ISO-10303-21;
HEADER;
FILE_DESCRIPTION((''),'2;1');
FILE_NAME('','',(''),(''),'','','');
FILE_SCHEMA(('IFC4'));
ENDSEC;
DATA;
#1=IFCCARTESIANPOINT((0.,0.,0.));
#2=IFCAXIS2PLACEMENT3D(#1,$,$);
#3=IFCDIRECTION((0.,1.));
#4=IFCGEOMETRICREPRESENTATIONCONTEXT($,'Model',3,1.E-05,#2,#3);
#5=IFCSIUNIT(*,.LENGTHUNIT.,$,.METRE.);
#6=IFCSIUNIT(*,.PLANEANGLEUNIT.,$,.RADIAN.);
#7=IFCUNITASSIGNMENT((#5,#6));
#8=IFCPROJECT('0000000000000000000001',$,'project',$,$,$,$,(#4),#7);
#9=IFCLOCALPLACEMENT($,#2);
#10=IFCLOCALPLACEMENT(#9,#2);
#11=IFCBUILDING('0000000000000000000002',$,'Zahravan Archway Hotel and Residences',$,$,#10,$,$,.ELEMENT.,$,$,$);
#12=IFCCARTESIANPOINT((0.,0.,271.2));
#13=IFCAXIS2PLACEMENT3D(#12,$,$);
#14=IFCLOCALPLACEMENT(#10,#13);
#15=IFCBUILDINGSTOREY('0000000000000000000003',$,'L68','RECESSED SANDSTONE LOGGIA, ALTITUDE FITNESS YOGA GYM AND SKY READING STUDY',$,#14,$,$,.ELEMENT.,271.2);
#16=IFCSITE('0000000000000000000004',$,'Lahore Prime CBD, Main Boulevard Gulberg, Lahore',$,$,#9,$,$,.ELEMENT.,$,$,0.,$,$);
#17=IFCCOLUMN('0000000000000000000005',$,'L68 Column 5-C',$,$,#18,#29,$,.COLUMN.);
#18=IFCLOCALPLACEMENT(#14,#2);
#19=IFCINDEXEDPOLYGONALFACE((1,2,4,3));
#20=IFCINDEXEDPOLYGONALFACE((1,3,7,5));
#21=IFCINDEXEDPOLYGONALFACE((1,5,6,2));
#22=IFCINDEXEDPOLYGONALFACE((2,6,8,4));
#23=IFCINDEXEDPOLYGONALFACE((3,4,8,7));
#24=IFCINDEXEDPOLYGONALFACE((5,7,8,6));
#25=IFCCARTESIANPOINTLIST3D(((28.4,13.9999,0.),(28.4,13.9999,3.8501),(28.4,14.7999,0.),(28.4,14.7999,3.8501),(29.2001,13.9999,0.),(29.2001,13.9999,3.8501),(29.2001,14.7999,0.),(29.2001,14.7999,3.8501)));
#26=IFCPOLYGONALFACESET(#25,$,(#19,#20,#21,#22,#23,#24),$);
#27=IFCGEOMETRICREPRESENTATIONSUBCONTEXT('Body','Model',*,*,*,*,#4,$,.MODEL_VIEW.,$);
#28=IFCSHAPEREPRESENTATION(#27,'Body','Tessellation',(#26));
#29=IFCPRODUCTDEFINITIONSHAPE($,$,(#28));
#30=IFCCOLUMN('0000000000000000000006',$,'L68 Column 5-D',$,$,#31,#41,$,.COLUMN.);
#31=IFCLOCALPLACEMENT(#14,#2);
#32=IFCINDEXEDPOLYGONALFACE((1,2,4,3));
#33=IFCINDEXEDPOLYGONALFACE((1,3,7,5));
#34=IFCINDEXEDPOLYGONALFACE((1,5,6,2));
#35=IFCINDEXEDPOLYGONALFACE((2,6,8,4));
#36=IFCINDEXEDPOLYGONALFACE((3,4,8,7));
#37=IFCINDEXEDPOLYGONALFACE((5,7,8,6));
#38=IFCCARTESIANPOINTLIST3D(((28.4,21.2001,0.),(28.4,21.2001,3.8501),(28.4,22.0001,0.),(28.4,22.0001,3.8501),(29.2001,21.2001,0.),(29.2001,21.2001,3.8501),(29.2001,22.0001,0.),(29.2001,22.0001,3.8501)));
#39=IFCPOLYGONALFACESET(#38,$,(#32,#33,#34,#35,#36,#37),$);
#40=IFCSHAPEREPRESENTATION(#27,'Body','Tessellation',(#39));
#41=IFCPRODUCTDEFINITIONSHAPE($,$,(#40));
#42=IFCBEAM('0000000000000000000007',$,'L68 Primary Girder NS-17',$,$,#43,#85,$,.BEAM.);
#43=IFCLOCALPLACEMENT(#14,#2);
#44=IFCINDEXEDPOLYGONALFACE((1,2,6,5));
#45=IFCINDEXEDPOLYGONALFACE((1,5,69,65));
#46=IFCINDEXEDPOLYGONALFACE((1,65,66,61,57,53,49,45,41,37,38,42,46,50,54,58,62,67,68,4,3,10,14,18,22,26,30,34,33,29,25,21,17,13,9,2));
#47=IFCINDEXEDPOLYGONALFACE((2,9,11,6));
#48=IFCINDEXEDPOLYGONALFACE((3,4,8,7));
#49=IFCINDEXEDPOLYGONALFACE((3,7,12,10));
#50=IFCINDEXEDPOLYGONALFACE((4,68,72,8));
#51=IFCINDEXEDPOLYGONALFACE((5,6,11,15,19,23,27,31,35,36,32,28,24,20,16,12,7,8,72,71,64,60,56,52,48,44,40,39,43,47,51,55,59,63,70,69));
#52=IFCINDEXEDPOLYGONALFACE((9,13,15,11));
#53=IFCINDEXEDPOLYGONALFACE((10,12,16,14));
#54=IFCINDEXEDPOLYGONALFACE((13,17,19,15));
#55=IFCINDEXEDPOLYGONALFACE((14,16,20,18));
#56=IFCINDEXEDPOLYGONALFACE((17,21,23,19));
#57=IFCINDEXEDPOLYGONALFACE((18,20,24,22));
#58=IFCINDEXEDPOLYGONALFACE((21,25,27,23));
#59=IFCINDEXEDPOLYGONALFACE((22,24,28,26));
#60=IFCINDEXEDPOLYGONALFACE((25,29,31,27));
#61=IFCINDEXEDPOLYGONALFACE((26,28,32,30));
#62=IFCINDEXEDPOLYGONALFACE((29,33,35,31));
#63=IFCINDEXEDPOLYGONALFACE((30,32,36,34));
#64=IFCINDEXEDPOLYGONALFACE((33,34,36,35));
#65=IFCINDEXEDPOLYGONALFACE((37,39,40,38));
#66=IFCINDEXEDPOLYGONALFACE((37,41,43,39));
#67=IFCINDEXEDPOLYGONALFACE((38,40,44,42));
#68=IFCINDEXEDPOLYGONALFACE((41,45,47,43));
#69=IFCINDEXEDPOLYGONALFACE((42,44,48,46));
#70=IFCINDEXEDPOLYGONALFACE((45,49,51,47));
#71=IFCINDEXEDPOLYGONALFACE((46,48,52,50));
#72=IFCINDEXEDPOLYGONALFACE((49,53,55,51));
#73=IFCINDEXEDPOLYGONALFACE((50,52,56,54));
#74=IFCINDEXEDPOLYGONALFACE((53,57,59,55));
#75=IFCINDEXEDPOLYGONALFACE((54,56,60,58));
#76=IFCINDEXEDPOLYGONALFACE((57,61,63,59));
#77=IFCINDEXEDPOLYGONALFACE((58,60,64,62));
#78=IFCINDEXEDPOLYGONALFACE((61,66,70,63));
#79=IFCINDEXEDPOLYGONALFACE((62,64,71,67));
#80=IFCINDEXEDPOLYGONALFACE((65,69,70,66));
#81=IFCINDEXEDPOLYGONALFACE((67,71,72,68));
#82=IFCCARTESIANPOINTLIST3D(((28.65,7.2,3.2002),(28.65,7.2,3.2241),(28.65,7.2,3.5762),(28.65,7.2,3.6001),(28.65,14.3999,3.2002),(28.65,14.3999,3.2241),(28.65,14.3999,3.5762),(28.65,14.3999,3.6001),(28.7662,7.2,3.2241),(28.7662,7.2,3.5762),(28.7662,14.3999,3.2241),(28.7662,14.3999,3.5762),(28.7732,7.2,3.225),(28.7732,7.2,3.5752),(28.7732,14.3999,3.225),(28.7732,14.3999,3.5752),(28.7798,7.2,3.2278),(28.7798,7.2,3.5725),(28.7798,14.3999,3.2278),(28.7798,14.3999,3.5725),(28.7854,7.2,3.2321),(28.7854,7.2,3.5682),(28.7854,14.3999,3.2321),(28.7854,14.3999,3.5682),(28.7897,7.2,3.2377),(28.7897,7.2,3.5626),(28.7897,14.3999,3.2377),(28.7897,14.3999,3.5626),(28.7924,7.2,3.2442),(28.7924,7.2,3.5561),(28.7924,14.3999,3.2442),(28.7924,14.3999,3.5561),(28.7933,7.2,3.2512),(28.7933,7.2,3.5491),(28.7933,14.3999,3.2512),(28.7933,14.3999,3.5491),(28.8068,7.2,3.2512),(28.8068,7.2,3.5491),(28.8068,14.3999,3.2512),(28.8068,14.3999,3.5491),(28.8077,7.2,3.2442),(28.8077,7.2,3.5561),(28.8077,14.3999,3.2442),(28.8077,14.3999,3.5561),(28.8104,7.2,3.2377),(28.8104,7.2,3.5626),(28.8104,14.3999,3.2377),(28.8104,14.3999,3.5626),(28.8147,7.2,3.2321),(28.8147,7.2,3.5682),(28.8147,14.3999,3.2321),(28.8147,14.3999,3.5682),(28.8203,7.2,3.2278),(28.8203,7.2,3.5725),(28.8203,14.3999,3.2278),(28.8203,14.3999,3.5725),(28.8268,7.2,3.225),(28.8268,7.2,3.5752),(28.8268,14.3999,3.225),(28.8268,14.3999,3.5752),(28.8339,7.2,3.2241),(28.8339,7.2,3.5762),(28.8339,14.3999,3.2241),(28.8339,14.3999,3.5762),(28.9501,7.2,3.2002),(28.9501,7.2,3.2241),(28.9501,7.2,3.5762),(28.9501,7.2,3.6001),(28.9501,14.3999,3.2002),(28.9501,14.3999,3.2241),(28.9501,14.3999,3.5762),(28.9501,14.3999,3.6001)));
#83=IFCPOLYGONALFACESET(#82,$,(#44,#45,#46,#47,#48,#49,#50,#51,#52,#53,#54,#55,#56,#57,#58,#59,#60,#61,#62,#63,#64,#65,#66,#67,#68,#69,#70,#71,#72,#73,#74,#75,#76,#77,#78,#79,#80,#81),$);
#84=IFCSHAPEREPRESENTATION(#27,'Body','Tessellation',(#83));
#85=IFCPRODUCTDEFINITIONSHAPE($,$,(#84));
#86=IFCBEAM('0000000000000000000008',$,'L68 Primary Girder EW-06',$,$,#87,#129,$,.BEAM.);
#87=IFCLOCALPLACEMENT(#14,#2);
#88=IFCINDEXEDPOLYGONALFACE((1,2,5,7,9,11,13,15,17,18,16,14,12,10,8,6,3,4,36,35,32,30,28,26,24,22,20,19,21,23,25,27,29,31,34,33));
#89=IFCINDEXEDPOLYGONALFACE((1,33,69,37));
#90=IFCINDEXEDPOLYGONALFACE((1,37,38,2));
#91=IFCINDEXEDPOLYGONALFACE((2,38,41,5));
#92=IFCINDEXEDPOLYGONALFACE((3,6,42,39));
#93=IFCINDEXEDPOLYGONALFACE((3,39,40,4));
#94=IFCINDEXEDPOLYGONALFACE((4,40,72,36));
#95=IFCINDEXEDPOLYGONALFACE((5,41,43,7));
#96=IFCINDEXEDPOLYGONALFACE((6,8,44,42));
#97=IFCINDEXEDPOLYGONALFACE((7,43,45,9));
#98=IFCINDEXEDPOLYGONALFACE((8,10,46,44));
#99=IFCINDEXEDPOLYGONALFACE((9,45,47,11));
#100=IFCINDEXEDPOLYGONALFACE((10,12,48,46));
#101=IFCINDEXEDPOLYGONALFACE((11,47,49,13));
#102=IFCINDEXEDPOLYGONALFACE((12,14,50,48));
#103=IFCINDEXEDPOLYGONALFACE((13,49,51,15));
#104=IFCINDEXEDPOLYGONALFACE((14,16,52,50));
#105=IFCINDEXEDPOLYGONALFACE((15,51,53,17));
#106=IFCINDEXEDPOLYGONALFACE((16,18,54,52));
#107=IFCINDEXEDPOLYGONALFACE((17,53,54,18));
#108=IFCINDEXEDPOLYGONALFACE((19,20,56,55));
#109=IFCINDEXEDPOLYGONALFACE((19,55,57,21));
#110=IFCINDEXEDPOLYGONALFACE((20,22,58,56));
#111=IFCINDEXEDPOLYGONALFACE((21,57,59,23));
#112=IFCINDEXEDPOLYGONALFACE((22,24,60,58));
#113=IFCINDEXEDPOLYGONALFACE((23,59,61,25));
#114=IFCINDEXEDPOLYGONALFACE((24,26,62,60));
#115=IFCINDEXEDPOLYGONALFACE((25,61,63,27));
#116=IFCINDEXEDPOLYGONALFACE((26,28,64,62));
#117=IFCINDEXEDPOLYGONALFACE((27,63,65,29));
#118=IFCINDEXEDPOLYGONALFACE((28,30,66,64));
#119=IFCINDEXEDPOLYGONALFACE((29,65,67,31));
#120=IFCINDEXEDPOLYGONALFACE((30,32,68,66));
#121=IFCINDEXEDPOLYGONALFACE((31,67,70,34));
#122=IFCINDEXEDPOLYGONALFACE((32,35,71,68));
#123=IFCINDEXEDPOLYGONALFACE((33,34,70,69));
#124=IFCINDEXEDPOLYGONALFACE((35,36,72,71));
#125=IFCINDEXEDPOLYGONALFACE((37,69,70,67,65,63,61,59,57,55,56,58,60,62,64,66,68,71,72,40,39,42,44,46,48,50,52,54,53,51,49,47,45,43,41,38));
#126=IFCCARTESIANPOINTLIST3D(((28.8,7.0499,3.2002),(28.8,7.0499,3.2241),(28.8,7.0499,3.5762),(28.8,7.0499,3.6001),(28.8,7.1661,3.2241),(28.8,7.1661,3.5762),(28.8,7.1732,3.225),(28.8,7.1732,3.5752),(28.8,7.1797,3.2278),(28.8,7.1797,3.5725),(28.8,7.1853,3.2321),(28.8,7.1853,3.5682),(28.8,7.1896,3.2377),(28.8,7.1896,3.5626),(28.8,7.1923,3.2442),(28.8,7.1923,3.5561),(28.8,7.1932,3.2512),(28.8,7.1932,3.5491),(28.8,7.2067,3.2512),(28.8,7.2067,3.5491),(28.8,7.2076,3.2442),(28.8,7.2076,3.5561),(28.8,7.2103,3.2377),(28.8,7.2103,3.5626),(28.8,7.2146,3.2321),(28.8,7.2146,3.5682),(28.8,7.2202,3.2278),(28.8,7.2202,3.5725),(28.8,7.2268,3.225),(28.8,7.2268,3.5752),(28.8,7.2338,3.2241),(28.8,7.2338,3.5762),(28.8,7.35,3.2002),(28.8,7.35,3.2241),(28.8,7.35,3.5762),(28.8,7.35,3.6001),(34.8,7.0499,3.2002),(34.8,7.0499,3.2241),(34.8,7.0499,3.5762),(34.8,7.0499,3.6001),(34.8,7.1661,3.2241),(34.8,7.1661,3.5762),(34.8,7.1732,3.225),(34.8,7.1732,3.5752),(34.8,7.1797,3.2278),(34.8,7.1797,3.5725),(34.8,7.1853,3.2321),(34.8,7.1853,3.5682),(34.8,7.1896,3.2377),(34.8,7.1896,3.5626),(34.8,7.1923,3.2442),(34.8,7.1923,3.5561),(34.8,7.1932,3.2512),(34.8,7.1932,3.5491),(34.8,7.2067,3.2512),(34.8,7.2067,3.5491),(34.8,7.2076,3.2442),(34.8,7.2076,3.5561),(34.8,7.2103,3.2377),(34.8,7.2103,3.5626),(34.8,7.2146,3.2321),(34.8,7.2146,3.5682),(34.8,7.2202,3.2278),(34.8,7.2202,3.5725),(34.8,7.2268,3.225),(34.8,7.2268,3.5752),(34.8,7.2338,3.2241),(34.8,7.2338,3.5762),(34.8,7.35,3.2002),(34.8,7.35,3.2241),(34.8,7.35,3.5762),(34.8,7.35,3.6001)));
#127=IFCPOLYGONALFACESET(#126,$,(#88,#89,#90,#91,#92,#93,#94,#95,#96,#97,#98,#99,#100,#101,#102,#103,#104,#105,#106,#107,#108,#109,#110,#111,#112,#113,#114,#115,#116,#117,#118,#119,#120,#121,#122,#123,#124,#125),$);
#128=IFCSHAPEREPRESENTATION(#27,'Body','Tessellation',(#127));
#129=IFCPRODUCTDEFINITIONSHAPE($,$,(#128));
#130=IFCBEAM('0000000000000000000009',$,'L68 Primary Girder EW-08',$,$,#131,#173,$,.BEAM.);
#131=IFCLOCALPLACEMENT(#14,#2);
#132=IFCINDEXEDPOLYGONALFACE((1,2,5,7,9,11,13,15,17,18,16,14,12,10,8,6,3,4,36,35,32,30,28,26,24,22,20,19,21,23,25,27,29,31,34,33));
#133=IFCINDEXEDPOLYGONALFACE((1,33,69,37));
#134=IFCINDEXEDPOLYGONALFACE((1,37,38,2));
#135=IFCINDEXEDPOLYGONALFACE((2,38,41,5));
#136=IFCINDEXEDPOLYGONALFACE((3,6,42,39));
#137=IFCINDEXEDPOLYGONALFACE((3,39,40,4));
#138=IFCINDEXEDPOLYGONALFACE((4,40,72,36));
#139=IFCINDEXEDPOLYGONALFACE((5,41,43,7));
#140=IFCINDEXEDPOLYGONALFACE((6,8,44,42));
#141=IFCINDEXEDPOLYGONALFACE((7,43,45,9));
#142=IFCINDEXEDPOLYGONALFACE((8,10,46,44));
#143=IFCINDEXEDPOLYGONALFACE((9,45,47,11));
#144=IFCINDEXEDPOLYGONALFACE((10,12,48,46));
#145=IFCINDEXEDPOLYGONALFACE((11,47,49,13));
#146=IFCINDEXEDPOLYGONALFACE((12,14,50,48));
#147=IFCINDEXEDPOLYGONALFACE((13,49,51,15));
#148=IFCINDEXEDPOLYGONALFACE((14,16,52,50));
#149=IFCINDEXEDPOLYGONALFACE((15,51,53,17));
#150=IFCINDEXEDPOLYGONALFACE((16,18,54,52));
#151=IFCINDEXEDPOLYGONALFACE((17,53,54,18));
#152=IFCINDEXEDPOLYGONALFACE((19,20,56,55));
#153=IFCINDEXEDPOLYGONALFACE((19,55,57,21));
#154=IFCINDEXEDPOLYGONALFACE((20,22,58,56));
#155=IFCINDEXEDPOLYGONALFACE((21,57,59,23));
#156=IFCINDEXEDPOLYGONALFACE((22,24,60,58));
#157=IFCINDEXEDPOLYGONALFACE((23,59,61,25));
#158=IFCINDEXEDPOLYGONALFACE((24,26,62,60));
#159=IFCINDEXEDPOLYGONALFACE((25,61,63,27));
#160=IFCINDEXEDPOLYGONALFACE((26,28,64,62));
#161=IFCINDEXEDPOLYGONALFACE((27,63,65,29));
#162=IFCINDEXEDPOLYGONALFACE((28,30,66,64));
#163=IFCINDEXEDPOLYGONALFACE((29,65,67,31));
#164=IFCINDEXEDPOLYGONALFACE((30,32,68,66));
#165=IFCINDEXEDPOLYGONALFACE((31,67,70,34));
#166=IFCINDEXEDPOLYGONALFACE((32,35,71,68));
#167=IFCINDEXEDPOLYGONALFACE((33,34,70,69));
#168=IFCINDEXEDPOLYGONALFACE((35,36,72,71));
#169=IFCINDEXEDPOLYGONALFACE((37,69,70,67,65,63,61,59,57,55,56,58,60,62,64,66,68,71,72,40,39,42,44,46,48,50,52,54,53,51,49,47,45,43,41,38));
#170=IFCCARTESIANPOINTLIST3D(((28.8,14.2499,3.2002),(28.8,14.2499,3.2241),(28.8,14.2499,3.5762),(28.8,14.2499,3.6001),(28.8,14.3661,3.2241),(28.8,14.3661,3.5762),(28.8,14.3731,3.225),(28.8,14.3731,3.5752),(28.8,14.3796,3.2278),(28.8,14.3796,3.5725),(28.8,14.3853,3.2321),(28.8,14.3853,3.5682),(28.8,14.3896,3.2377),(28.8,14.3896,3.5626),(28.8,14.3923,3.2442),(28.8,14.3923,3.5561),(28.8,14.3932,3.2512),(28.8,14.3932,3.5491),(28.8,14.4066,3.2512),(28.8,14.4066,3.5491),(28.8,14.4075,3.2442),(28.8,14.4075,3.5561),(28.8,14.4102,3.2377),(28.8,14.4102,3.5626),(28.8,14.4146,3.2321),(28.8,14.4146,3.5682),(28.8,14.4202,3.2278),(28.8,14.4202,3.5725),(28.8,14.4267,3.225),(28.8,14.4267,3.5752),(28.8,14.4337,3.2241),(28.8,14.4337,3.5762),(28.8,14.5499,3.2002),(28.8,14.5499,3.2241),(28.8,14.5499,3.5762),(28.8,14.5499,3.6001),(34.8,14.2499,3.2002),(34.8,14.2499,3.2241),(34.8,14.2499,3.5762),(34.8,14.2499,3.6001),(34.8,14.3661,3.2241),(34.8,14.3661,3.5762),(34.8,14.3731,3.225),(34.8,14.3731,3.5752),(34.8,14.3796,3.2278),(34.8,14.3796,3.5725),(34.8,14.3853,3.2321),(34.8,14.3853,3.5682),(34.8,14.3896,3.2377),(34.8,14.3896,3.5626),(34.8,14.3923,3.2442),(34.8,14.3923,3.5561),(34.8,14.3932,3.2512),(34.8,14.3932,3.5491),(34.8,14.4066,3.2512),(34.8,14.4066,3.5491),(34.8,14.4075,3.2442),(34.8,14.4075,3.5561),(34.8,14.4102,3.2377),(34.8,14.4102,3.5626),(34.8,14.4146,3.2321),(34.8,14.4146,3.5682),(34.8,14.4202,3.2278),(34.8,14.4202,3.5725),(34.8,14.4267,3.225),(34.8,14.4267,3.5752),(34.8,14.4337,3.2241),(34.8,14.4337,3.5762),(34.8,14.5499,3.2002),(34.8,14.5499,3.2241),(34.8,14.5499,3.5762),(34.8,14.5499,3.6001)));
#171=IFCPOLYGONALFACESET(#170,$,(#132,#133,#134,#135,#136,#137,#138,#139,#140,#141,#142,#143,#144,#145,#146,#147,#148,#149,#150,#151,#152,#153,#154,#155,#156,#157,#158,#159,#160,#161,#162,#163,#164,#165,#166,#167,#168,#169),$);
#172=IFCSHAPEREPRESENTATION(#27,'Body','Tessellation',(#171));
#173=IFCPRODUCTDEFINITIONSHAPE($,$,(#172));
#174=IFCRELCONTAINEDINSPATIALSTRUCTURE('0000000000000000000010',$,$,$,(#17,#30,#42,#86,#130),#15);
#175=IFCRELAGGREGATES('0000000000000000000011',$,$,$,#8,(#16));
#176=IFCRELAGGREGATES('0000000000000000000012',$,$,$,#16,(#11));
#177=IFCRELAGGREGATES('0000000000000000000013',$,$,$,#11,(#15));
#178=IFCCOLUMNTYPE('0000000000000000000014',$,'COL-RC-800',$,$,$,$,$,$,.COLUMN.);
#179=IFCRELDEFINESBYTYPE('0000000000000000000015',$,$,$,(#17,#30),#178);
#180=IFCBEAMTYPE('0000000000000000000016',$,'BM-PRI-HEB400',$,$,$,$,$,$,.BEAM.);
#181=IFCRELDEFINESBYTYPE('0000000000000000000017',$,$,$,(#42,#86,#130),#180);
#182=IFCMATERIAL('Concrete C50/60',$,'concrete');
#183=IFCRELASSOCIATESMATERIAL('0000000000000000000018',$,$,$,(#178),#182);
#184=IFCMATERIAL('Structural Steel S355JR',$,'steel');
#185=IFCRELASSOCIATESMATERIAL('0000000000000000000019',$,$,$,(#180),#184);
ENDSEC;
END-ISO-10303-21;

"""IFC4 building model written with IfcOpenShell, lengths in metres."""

from ifc_helpers import new_model, si_unit, direction, frame, origin, origin_2d, place, context, subcontext, project, spatial, rectangle, i_section, extrude, source, transform, mapped, material, material_profile, profile_set, type_object, type_shapes, element, save


model = new_model("IFC4")

# Units and contexts
model_context = context("Model", 3, precision=1e-05, world=origin(), true_north=direction((0.0, 1.0)))
body_context = subcontext(model_context, "Body", "Model", "MODEL_VIEW")
ifc_project = project(units=[si_unit("LENGTHUNIT", "METRE"), si_unit("PLANEANGLEUNIT", "RADIAN")], contexts=[model_context])

# Site, building, storey
site_placement = place(None, origin())
site = spatial("IfcSite", under=ifc_project, at=site_placement, Name="Lahore Prime CBD, Main Boulevard Gulberg, Lahore", CompositionType="ELEMENT", RefElevation=0.0)
building_placement = place(site_placement, origin())
building = spatial("IfcBuilding", under=site, at=building_placement, Name="Zahravan Archway Hotel and Residences", CompositionType="ELEMENT")
storey_placement = place(building_placement, frame((0.0, 0.0, 271.2)))
storey = spatial("IfcBuildingStorey", under=building, at=storey_placement, Name="L68", Description="RECESSED SANDSTONE LOGGIA, ALTITUDE FITNESS YOGA GYM AND SKY READING STUDY", CompositionType="ELEMENT", Elevation=271.2)

# Columns
ifc_material_1 = material(Name="Concrete C50/60", Category="concrete")
ifc_material_profile_1 = material_profile(ifc_material_1, rectangle(XDim=0.8, YDim=0.8, at=origin_2d()), Name="RC-COL-800x800", Category="concrete")
ifc_profile_set_1 = profile_set([ifc_material_profile_1], Name="Concrete C50/60")
column_type = type_object("IfcColumnType", Name="COL-RC-800", PredefinedType="COLUMN", material=ifc_profile_set_1)
shared_shape_1 = source(origin(), body_context, "Body", "SweptSolid", [
    extrude(rectangle(XDim=0.8, YDim=0.8, at=origin_2d()), origin(), (0.0, 0.0, 1.0), 3.8501),
])
for number, where, z_axis, x_axis, name in (
    (1, (28.8, 14.3999, 0.0), (0.0, 0.0, 1.0), (1.0, 0.0, 0.0), "L68 Column 5-C"),
    (2, (28.8, 21.6001, 0.0), (0.0, 0.0, 1.0), (1.0, 0.0, 0.0), "L68 Column 5-D"),
):
    element("IfcColumn", number, at=place(storey_placement, frame(where, z_axis=z_axis, x_axis=x_axis)), inside=storey, type_object=column_type, Name=name, PredefinedType="COLUMN", context=body_context, shape_type="MappedRepresentation", body=[
        mapped(shared_shape_1, transform((0.0, 0.0, 0.0), scale=1.0)),
    ])

# Beams
ifc_material_2 = material(Name="Structural Steel S355JR", Category="steel")
ifc_material_profile_2 = material_profile(ifc_material_2, i_section(OverallWidth=0.3, OverallDepth=0.3999, WebThickness=0.0134, FlangeThickness=0.0239, FilletRadius=0.0271, at=origin_2d()), Name="HEB 400", Category="steel")
ifc_profile_set_2 = profile_set([ifc_material_profile_2], Name="Structural Steel S355JR")
beam_type_1 = type_object("IfcBeamType", Name="BM-PRI-HEB400", PredefinedType="BEAM", material=ifc_profile_set_2)
shared_shape_2 = source(origin(), body_context, "Body", "SweptSolid", [
    extrude(i_section(OverallWidth=0.3, OverallDepth=0.3999, WebThickness=0.0134, FlangeThickness=0.0239, FilletRadius=0.0271, at=origin_2d()), origin(), (0.0, 0.0, 1.0), 7.2),
])
type_shapes(beam_type_1, [shared_shape_2])
beam_1_placement = place(storey_placement, frame((28.8, 7.2, 3.4001), z_axis=(0.0, 1.0, 0.0), x_axis=(-1.0, 0.0, 0.0)))
element("IfcBeam", 3, at=beam_1_placement, inside=storey, type_object=beam_type_1, Name="L68 Primary Girder NS-17", PredefinedType="BEAM", context=body_context, shape_type="MappedRepresentation", body=[
    mapped(shared_shape_2, transform((0.0, 0.0, 0.0), scale=1.0)),
])
shared_shape_3 = source(origin(), body_context, "Body", "SweptSolid", [
    extrude(i_section(OverallWidth=0.3, OverallDepth=0.3999, WebThickness=0.0134, FlangeThickness=0.0239, FilletRadius=0.0271, at=origin_2d()), origin(), (0.0, 0.0, 1.0), 6.0),
])
for number, where, z_axis, x_axis, name in (
    (4, (28.8, 7.2, 3.4001), (1.0, 0.0, 0.0), (0.0, 1.0, 0.0), "L68 Primary Girder EW-06"),
    (5, (28.8, 14.3999, 3.4001), (1.0, 0.0, 0.0), (0.0, 1.0, 0.0), "L68 Primary Girder EW-08"),
):
    element("IfcBeam", number, at=place(storey_placement, frame(where, z_axis=z_axis, x_axis=x_axis)), inside=storey, type_object=beam_type_1, Name=name, PredefinedType="BEAM", context=body_context, shape_type="MappedRepresentation", body=[
        mapped(shared_shape_3, transform((0.0, 0.0, 0.0), scale=1.0)),
    ])

save(model, "model.ifc")
